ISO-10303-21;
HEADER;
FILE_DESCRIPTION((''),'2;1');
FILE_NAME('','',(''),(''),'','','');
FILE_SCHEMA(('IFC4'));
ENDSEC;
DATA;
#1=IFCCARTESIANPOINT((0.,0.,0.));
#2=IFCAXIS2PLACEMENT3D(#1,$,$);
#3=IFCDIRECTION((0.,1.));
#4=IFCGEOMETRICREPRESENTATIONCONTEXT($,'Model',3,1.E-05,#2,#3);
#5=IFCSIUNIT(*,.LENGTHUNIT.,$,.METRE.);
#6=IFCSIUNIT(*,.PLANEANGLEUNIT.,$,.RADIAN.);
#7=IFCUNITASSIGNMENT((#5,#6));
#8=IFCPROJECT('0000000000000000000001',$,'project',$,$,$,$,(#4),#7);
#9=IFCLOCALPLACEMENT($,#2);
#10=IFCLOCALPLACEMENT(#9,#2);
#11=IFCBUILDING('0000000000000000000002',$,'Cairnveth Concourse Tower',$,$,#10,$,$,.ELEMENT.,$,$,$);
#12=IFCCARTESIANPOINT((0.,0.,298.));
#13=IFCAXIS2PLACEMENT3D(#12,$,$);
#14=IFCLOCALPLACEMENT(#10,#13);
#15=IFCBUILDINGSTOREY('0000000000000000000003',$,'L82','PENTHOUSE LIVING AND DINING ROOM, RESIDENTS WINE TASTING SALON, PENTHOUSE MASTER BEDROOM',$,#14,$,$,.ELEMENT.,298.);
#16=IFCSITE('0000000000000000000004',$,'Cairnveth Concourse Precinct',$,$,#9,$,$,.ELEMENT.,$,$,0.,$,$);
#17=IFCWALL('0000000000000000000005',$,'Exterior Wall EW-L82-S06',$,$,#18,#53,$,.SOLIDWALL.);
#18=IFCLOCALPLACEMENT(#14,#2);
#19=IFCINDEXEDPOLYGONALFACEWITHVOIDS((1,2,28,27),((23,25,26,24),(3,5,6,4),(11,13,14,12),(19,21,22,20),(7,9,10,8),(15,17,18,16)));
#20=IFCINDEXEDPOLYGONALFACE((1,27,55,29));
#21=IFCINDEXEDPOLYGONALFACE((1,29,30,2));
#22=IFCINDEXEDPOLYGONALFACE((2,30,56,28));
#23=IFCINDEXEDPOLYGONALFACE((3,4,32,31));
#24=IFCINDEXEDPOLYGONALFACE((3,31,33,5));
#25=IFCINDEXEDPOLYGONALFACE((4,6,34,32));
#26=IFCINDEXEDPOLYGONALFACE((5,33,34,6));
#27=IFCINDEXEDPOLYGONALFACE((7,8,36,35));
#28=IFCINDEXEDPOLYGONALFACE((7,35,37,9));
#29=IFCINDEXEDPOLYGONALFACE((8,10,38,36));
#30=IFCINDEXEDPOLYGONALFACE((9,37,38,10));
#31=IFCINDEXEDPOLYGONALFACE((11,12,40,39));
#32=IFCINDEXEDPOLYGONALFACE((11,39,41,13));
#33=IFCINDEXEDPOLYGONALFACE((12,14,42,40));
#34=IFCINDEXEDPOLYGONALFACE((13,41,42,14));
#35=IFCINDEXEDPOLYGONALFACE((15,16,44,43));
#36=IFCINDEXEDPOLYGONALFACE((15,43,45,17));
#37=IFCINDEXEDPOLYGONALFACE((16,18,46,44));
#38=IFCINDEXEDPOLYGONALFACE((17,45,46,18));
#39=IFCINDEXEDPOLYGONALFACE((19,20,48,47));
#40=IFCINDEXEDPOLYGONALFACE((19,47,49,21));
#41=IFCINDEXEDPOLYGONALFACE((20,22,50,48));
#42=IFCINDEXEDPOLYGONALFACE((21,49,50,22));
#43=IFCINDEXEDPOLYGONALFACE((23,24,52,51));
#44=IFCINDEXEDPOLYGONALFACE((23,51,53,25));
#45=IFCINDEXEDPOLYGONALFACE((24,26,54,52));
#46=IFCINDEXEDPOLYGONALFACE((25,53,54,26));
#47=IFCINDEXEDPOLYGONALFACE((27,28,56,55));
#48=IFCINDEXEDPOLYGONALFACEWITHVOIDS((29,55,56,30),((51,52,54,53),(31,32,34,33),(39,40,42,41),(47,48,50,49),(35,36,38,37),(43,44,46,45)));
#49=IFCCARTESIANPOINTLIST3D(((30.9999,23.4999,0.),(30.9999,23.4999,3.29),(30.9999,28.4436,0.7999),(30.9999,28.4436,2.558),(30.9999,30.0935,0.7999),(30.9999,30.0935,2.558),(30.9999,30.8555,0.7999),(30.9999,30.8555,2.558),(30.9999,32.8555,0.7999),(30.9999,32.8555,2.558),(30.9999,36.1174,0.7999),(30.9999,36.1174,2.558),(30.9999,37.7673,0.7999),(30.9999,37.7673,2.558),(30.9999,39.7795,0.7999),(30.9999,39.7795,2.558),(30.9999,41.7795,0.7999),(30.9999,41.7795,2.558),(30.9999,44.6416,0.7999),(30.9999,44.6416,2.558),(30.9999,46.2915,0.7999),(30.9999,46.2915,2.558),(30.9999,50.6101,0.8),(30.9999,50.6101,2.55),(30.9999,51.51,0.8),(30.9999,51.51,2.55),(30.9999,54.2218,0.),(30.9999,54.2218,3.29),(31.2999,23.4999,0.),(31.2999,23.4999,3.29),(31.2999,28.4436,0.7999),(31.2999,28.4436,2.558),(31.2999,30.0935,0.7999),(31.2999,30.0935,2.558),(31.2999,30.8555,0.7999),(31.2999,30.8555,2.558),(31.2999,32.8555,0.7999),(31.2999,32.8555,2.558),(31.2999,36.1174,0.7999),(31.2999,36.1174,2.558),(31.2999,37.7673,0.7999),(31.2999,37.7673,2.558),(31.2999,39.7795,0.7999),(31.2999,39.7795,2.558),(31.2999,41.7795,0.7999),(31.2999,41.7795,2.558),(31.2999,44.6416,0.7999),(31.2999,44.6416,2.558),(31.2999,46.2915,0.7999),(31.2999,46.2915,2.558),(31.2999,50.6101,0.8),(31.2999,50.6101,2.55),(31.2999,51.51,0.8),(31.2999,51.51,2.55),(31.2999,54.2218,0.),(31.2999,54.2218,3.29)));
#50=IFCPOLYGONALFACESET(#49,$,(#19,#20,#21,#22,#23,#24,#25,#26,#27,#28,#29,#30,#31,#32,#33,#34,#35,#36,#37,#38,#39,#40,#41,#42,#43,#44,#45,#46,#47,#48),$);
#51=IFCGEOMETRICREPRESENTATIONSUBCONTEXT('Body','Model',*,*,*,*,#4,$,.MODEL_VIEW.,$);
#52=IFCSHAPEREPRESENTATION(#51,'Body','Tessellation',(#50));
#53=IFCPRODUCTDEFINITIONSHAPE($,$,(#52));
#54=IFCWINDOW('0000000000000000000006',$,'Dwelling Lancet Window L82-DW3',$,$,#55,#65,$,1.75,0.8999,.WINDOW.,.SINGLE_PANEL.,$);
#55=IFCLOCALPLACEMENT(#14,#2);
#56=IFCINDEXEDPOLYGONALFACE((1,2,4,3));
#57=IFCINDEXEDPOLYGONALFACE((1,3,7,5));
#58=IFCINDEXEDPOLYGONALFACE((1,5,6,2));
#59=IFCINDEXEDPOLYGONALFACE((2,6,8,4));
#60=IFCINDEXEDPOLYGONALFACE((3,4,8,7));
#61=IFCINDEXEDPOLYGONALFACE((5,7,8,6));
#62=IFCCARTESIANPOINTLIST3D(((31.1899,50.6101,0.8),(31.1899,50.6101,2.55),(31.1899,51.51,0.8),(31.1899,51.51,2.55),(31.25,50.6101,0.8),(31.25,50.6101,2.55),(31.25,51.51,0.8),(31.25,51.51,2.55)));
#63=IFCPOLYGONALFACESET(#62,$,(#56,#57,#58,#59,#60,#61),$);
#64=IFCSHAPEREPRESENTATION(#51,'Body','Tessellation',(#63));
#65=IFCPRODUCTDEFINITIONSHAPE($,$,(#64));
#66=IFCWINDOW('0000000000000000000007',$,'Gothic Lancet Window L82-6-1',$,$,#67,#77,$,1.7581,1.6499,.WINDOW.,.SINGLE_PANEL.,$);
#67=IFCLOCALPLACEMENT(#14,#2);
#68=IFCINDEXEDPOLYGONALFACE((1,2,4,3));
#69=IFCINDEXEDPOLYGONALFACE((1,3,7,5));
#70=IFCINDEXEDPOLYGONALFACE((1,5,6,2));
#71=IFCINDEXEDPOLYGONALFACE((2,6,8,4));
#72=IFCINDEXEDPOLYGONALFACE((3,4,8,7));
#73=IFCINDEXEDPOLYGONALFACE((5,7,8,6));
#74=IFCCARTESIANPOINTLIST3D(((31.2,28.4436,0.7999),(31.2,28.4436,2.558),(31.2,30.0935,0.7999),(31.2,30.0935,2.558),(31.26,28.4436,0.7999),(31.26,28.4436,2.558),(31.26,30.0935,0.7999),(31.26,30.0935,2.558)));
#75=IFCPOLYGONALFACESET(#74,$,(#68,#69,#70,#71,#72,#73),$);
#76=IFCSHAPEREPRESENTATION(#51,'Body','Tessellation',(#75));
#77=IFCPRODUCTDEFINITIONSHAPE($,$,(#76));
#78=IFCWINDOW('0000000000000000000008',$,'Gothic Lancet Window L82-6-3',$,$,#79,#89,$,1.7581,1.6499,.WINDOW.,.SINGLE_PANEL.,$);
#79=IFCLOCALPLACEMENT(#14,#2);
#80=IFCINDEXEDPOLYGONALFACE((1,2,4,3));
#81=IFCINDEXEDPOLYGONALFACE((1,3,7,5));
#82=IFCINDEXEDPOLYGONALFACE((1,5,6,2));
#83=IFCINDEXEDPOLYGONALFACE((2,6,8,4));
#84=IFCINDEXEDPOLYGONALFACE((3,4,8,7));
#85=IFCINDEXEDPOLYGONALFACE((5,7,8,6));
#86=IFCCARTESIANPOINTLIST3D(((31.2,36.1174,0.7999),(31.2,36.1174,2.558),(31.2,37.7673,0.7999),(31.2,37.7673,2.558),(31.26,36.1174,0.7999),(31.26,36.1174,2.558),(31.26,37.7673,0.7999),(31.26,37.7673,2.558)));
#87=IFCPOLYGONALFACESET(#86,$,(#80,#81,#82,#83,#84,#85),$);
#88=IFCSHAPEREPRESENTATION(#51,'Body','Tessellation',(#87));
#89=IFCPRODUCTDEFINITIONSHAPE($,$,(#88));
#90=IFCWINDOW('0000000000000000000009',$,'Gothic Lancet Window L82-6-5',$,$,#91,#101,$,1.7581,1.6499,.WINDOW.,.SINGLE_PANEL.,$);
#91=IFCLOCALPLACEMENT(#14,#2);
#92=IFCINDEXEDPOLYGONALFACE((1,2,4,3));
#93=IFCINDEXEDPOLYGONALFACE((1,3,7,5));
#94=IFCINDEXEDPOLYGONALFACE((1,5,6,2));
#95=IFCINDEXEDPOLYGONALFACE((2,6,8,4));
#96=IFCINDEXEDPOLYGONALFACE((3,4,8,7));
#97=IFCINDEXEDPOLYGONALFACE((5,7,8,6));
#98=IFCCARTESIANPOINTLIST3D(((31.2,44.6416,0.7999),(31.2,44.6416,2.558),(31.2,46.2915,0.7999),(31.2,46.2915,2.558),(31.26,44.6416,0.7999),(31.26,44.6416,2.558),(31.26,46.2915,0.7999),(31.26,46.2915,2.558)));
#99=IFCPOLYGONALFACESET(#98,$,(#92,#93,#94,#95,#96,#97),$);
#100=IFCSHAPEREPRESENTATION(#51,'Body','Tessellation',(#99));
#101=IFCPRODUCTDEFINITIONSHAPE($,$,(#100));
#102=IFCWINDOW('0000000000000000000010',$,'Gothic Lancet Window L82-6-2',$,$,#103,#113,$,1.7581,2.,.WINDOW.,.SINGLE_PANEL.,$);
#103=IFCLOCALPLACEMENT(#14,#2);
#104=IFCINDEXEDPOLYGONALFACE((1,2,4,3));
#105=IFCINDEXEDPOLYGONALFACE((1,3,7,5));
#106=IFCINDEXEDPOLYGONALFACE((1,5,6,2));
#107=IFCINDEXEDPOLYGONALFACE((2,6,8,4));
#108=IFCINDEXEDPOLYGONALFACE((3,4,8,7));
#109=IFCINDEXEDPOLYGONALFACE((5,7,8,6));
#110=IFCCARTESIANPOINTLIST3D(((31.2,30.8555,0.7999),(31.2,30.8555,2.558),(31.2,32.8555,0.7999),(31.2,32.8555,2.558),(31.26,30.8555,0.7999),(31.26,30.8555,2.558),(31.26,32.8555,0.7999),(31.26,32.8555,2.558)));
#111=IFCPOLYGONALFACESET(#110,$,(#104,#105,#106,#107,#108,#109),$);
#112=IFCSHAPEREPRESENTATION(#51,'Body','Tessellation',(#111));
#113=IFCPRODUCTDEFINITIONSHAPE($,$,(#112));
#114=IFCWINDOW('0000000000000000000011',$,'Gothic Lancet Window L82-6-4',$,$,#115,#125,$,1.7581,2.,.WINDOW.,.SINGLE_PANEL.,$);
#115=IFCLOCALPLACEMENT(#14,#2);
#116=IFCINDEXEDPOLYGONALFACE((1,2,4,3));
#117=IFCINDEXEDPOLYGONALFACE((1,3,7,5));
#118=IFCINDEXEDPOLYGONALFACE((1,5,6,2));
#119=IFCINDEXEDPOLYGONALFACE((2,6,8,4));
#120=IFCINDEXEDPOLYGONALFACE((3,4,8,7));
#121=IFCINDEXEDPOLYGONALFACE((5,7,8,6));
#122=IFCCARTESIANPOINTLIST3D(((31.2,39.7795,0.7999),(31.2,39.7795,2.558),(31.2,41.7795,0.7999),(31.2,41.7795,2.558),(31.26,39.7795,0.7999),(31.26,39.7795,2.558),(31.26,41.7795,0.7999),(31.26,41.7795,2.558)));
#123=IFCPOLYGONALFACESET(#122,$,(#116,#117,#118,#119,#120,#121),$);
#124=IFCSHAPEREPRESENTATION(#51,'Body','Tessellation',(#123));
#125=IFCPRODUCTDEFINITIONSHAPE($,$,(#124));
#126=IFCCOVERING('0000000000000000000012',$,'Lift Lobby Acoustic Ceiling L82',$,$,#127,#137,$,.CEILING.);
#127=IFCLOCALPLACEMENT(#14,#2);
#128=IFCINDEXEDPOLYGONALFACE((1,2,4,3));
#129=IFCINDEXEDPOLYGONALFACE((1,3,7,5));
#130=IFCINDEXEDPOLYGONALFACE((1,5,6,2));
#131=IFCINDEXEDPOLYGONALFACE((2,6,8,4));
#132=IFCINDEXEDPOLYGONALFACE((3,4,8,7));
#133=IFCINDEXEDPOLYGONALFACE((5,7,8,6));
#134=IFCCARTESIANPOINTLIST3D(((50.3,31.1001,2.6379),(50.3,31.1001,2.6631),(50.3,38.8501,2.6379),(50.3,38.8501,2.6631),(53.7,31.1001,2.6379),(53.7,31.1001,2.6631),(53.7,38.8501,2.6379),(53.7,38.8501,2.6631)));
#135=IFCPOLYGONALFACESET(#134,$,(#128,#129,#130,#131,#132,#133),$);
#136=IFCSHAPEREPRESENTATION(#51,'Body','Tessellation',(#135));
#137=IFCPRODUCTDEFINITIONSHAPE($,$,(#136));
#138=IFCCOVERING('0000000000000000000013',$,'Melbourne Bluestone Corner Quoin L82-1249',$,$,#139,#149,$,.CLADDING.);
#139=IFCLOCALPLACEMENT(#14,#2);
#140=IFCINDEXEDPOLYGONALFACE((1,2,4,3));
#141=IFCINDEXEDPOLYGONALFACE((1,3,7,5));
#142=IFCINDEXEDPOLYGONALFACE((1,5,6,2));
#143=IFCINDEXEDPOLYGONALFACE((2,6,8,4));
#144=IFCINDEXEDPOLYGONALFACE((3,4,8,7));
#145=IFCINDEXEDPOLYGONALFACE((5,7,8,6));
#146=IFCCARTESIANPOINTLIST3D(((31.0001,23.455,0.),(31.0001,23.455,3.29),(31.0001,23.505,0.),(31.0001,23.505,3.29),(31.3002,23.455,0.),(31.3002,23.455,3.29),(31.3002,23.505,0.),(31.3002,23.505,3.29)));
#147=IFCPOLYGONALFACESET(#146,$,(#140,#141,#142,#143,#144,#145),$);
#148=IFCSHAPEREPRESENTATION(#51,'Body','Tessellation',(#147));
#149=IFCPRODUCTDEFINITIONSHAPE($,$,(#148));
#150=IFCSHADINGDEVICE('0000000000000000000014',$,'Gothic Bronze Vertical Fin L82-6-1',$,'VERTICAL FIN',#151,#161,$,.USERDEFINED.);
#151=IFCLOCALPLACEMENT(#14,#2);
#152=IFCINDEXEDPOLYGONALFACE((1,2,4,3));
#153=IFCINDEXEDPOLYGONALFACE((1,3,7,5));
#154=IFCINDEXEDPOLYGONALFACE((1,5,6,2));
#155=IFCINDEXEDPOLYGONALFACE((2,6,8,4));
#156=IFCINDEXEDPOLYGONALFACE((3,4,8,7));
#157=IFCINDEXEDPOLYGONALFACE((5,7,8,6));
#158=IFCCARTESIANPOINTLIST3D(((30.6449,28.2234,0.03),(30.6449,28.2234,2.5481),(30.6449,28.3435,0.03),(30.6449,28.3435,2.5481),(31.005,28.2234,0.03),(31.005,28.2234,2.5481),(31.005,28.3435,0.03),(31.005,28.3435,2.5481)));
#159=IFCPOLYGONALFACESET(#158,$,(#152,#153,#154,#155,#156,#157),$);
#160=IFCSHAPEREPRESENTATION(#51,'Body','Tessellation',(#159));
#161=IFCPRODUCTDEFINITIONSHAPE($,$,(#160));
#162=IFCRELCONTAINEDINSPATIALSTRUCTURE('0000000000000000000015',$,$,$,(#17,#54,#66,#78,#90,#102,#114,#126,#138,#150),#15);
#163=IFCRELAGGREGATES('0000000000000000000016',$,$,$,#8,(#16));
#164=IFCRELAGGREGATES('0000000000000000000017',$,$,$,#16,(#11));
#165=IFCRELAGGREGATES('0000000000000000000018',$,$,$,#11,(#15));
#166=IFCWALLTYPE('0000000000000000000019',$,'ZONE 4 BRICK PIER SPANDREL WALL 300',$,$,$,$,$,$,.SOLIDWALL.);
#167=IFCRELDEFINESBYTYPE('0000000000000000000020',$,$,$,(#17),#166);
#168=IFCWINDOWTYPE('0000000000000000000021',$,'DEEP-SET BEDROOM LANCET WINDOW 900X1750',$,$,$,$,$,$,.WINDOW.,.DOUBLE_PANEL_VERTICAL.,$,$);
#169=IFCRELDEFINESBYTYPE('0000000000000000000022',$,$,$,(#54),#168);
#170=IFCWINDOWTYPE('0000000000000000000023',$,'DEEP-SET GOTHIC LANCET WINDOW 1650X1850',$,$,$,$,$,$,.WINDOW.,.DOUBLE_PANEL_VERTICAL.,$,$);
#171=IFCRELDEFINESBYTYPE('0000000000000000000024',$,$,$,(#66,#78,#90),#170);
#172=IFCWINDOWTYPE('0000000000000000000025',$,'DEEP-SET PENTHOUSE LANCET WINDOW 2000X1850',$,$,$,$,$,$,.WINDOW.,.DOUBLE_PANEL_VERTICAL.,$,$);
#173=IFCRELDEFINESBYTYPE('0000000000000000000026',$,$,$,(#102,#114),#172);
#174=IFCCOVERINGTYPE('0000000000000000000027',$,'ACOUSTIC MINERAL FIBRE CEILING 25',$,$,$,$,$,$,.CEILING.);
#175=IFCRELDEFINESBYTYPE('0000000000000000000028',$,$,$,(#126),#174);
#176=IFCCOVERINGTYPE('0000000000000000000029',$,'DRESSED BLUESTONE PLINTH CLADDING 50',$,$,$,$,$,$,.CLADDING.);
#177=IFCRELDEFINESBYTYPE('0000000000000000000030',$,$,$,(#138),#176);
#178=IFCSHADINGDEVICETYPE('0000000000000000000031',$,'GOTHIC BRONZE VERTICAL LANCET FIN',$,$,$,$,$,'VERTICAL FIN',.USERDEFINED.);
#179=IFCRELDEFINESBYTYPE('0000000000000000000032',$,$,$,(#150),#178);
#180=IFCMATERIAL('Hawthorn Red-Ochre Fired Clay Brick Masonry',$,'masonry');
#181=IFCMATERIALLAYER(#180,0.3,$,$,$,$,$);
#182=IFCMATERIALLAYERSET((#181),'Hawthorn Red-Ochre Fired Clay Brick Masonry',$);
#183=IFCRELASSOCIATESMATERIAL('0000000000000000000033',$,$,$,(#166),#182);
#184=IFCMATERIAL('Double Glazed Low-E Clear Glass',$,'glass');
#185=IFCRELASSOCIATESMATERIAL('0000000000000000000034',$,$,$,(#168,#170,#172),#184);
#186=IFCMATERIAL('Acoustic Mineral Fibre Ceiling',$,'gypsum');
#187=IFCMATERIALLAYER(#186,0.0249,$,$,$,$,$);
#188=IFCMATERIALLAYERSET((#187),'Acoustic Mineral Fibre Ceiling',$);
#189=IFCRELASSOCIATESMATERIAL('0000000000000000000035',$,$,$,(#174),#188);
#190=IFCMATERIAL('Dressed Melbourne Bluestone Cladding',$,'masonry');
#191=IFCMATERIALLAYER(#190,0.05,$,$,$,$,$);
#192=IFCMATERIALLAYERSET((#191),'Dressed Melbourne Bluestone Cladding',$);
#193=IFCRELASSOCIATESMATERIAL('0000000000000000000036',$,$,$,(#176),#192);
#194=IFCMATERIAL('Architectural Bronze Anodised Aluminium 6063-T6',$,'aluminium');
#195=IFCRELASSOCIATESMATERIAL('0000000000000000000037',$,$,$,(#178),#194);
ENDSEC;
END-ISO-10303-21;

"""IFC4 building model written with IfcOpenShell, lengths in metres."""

from ifc_helpers import new_model, si_unit, direction, frame, frame_2d, origin, origin_2d, place, context, subcontext, project, spatial, polyline, rectangle, outline, extrude, material, layer, layer_set, type_object, element, fill, save


model = new_model("IFC4")

# Units and contexts
model_context = context("Model", 3, precision=1e-05, world=origin(), true_north=direction((0.0, 1.0)))
body_context = subcontext(model_context, "Body", "Model", "MODEL_VIEW")
ifc_project = project(units=[si_unit("LENGTHUNIT", "METRE"), si_unit("PLANEANGLEUNIT", "RADIAN")], contexts=[model_context])

# Site, building, storey
site_placement = place(None, origin())
site = spatial("IfcSite", under=ifc_project, at=site_placement, Name="Cairnveth Concourse Precinct", CompositionType="ELEMENT", RefElevation=0.0)
building_placement = place(site_placement, origin())
building = spatial("IfcBuilding", under=site, at=building_placement, Name="Cairnveth Concourse Tower", CompositionType="ELEMENT")
storey_placement = place(building_placement, frame((0.0, 0.0, 298.0)))
storey = spatial("IfcBuildingStorey", under=building, at=storey_placement, Name="L82", Description="PENTHOUSE LIVING AND DINING ROOM, RESIDENTS WINE TASTING SALON, PENTHOUSE MASTER BEDROOM", CompositionType="ELEMENT", Elevation=298.0)

# Wall, openings, windows
ifc_material_1 = material(Name="Hawthorn Red-Ochre Fired Clay Brick Masonry", Category="masonry")
ifc_layer_1 = layer(ifc_material_1, 0.3)
ifc_layer_set_1 = layer_set([ifc_layer_1], Name="Hawthorn Red-Ochre Fired Clay Brick Masonry")
wall_type_1 = type_object("IfcWallType", Name="ZONE 4 BRICK PIER SPANDREL WALL 300", PredefinedType="SOLIDWALL", material=ifc_layer_set_1)
wall_1_placement = place(storey_placement, frame((31.1499, 23.5, 0.0), z_axis=(0.0, 0.0, 1.0), x_axis=(0.0, 1.0, 0.0)))
wall_1 = element("IfcWall", 1, at=wall_1_placement, inside=storey, type_object=wall_type_1, Name="Exterior Wall EW-L82-S06", PredefinedType="SOLIDWALL", context=body_context, shape_type="SweptSolid", body=[
    extrude(rectangle(XDim=30.7219, YDim=0.3, at=frame_2d((15.3608, 0.0))), origin(), (0.0, 0.0, 1.0), 3.29),
])
opening_1_placement = place(wall_1_placement, frame((4.9436, 0.0, 0.8)))
opening_1 = element("IfcOpeningElement", 2, at=opening_1_placement, cuts=wall_1, PredefinedType="OPENING", context=body_context, shape_type="SweptSolid", body=[
    extrude(rectangle(XDim=1.6499, YDim=1.7581, at=frame_2d((0.825, 0.8789))), frame((0.0, 0.1599, 0.0), z_axis=(0.0, -1.0, 0.0), x_axis=(1.0, 0.0, 0.0)), (0.0, 0.0, 1.0), 0.3201),
])
opening_2_placement = place(wall_1_placement, frame((7.3555, 0.0, 0.8)))
opening_2 = element("IfcOpeningElement", 3, at=opening_2_placement, cuts=wall_1, PredefinedType="OPENING", context=body_context, shape_type="SweptSolid", body=[
    extrude(rectangle(XDim=2.0, YDim=1.7581, at=frame_2d((1.0, 0.8789))), frame((0.0, 0.1599, 0.0), z_axis=(0.0, -1.0, 0.0), x_axis=(1.0, 0.0, 0.0)), (0.0, 0.0, 1.0), 0.3201),
])
opening_3_placement = place(wall_1_placement, frame((12.6174, 0.0, 0.8)))
opening_3 = element("IfcOpeningElement", 4, at=opening_3_placement, cuts=wall_1, PredefinedType="OPENING", context=body_context, shape_type="SweptSolid", body=[
    extrude(rectangle(XDim=1.6499, YDim=1.7581, at=frame_2d((0.825, 0.8789))), frame((0.0, 0.1599, 0.0), z_axis=(0.0, -1.0, 0.0), x_axis=(1.0, 0.0, 0.0)), (0.0, 0.0, 1.0), 0.3201),
])
opening_4_placement = place(wall_1_placement, frame((16.2795, 0.0, 0.8)))
opening_4 = element("IfcOpeningElement", 5, at=opening_4_placement, cuts=wall_1, PredefinedType="OPENING", context=body_context, shape_type="SweptSolid", body=[
    extrude(rectangle(XDim=2.0, YDim=1.7581, at=frame_2d((1.0, 0.8789))), frame((0.0, 0.1599, 0.0), z_axis=(0.0, -1.0, 0.0), x_axis=(1.0, 0.0, 0.0)), (0.0, 0.0, 1.0), 0.3201),
])
opening_5_placement = place(wall_1_placement, frame((21.1416, 0.0, 0.8)))
opening_5 = element("IfcOpeningElement", 6, at=opening_5_placement, cuts=wall_1, PredefinedType="OPENING", context=body_context, shape_type="SweptSolid", body=[
    extrude(rectangle(XDim=1.6499, YDim=1.7581, at=frame_2d((0.825, 0.8789))), frame((0.0, 0.1599, 0.0), z_axis=(0.0, -1.0, 0.0), x_axis=(1.0, 0.0, 0.0)), (0.0, 0.0, 1.0), 0.3201),
])
opening_6_placement = place(wall_1_placement, frame((27.1101, 0.0, 0.8)))
opening_6 = element("IfcOpeningElement", 7, at=opening_6_placement, cuts=wall_1, PredefinedType="OPENING", context=body_context, shape_type="SweptSolid", body=[
    extrude(rectangle(XDim=0.8999, YDim=1.75, at=frame_2d((0.45, 0.875))), frame((0.0, 0.1599, 0.0), z_axis=(0.0, -1.0, 0.0), x_axis=(1.0, 0.0, 0.0)), (0.0, 0.0, 1.0), 0.3201),
])
ifc_material_2 = material(Name="Double Glazed Low-E Clear Glass", Category="glass")
window_type_1 = type_object("IfcWindowType", Name="DEEP-SET BEDROOM LANCET WINDOW 900X1750", PartitioningType="DOUBLE_PANEL_VERTICAL", PredefinedType="WINDOW", material=ifc_material_2)
window_1_placement = place(opening_6_placement, origin())
window_1 = element("IfcWindow", 8, at=window_1_placement, inside=storey, type_object=window_type_1, Name="Dwelling Lancet Window L82-DW3", OverallHeight=1.75, OverallWidth=0.8999, PartitioningType="SINGLE_PANEL", PredefinedType="WINDOW", context=body_context, shape_type="SweptSolid", body=[
    extrude(rectangle(XDim=0.8999, YDim=1.75, at=frame_2d((0.45, 0.875))), frame((0.0, -0.04, 0.0), z_axis=(0.0, -1.0, 0.0), x_axis=(1.0, 0.0, 0.0)), (0.0, 0.0, 1.0), 0.0601),
])
fill(opening_6, window_1)
window_type_2 = type_object("IfcWindowType", Name="DEEP-SET GOTHIC LANCET WINDOW 1650X1850", PartitioningType="DOUBLE_PANEL_VERTICAL", PredefinedType="WINDOW", material=ifc_material_2)
window_2_placement = place(opening_1_placement, origin())
window_2 = element("IfcWindow", 9, at=window_2_placement, inside=storey, type_object=window_type_2, Name="Gothic Lancet Window L82-6-1", OverallHeight=1.7581, OverallWidth=1.6499, PartitioningType="SINGLE_PANEL", PredefinedType="WINDOW", context=body_context, shape_type="SweptSolid", body=[
    extrude(rectangle(XDim=1.6499, YDim=1.7581, at=frame_2d((0.825, 0.8789))), frame((0.0, -0.05, 0.0), z_axis=(0.0, -1.0, 0.0), x_axis=(1.0, 0.0, 0.0)), (0.0, 0.0, 1.0), 0.0601),
])
fill(opening_1, window_2)
window_3_placement = place(opening_3_placement, origin())
window_3 = element("IfcWindow", 10, at=window_3_placement, inside=storey, type_object=window_type_2, Name="Gothic Lancet Window L82-6-3", OverallHeight=1.7581, OverallWidth=1.6499, PartitioningType="SINGLE_PANEL", PredefinedType="WINDOW", context=body_context, shape_type="SweptSolid", body=[
    extrude(rectangle(XDim=1.6499, YDim=1.7581, at=frame_2d((0.825, 0.8789))), frame((0.0, -0.05, 0.0), z_axis=(0.0, -1.0, 0.0), x_axis=(1.0, 0.0, 0.0)), (0.0, 0.0, 1.0), 0.0601),
])
fill(opening_3, window_3)
window_4_placement = place(opening_5_placement, origin())
window_4 = element("IfcWindow", 11, at=window_4_placement, inside=storey, type_object=window_type_2, Name="Gothic Lancet Window L82-6-5", OverallHeight=1.7581, OverallWidth=1.6499, PartitioningType="SINGLE_PANEL", PredefinedType="WINDOW", context=body_context, shape_type="SweptSolid", body=[
    extrude(rectangle(XDim=1.6499, YDim=1.7581, at=frame_2d((0.825, 0.8789))), frame((0.0, -0.05, 0.0), z_axis=(0.0, -1.0, 0.0), x_axis=(1.0, 0.0, 0.0)), (0.0, 0.0, 1.0), 0.0601),
])
fill(opening_5, window_4)
window_type_3 = type_object("IfcWindowType", Name="DEEP-SET PENTHOUSE LANCET WINDOW 2000X1850", PartitioningType="DOUBLE_PANEL_VERTICAL", PredefinedType="WINDOW", material=ifc_material_2)
window_5_placement = place(opening_2_placement, origin())
window_5 = element("IfcWindow", 12, at=window_5_placement, inside=storey, type_object=window_type_3, Name="Gothic Lancet Window L82-6-2", OverallHeight=1.7581, OverallWidth=2.0, PartitioningType="SINGLE_PANEL", PredefinedType="WINDOW", context=body_context, shape_type="SweptSolid", body=[
    extrude(rectangle(XDim=2.0, YDim=1.7581, at=frame_2d((1.0, 0.8789))), frame((0.0, -0.05, 0.0), z_axis=(0.0, -1.0, 0.0), x_axis=(1.0, 0.0, 0.0)), (0.0, 0.0, 1.0), 0.0601),
])
fill(opening_2, window_5)
window_6_placement = place(opening_4_placement, origin())
window_6 = element("IfcWindow", 13, at=window_6_placement, inside=storey, type_object=window_type_3, Name="Gothic Lancet Window L82-6-4", OverallHeight=1.7581, OverallWidth=2.0, PartitioningType="SINGLE_PANEL", PredefinedType="WINDOW", context=body_context, shape_type="SweptSolid", body=[
    extrude(rectangle(XDim=2.0, YDim=1.7581, at=frame_2d((1.0, 0.8789))), frame((0.0, -0.05, 0.0), z_axis=(0.0, -1.0, 0.0), x_axis=(1.0, 0.0, 0.0)), (0.0, 0.0, 1.0), 0.0601),
])
fill(opening_4, window_6)

# Coverings
ifc_material_3 = material(Name="Acoustic Mineral Fibre Ceiling", Category="gypsum")
ifc_layer_2 = layer(ifc_material_3, 0.0249)
ifc_layer_set_2 = layer_set([ifc_layer_2], Name="Acoustic Mineral Fibre Ceiling")
covering_type_1 = type_object("IfcCoveringType", Name="ACOUSTIC MINERAL FIBRE CEILING 25", PredefinedType="CEILING", material=ifc_layer_set_2)
covering_1_placement = place(storey_placement, frame((0.0, 0.0, 2.6379)))
element("IfcCovering", 14, at=covering_1_placement, inside=storey, type_object=covering_type_1, Name="Lift Lobby Acoustic Ceiling L82", PredefinedType="CEILING", context=body_context, shape_type="SweptSolid", body=[
    extrude(outline(polyline([(50.3, 31.1001), (53.7, 31.1001), (53.7, 38.8501), (50.3, 38.8501), (50.3, 31.1001)])), origin(), (0.0, 0.0, 1.0), 0.0251),
])
ifc_material_4 = material(Name="Dressed Melbourne Bluestone Cladding", Category="masonry")
ifc_layer_3 = layer(ifc_material_4, 0.05)
ifc_layer_set_3 = layer_set([ifc_layer_3], Name="Dressed Melbourne Bluestone Cladding")
covering_type_2 = type_object("IfcCoveringType", Name="DRESSED BLUESTONE PLINTH CLADDING 50", PredefinedType="CLADDING", material=ifc_layer_set_3)
covering_2_placement = place(storey_placement, frame((31.3, 23.48, 0.0), z_axis=(0.0, 0.0, 1.0), x_axis=(-1.0, 0.0, 0.0)))
element("IfcCovering", 15, at=covering_2_placement, inside=storey, type_object=covering_type_2, Name="Melbourne Bluestone Corner Quoin L82-1249", PredefinedType="CLADDING", context=body_context, shape_type="SweptSolid", body=[
    extrude(rectangle(XDim=0.3, YDim=0.05, at=frame_2d((0.1499, 0.0))), origin(), (0.0, 0.0, 1.0), 3.29),
])

# Shading device
ifc_material_5 = material(Name="Architectural Bronze Anodised Aluminium 6063-T6", Category="aluminium")
shading_device_type = type_object("IfcShadingDeviceType", Name="GOTHIC BRONZE VERTICAL LANCET FIN", ElementType="VERTICAL FIN", PredefinedType="USERDEFINED", material=ifc_material_5)
shading_device_placement = place(storey_placement, frame((30.825, 28.2834, 0.03), z_axis=(0.0, 0.0, 1.0), x_axis=(0.0, 1.0, 0.0)))
element("IfcShadingDevice", 16, at=shading_device_placement, inside=storey, type_object=shading_device_type, Name="Gothic Bronze Vertical Fin L82-6-1", ObjectType="VERTICAL FIN", PredefinedType="USERDEFINED", context=body_context, shape_type="SweptSolid", body=[
    extrude(rectangle(XDim=0.1201, YDim=0.3601, at=origin_2d()), origin(), (0.0, 0.0, 1.0), 2.5181),
])

save(model, "model.ifc")
